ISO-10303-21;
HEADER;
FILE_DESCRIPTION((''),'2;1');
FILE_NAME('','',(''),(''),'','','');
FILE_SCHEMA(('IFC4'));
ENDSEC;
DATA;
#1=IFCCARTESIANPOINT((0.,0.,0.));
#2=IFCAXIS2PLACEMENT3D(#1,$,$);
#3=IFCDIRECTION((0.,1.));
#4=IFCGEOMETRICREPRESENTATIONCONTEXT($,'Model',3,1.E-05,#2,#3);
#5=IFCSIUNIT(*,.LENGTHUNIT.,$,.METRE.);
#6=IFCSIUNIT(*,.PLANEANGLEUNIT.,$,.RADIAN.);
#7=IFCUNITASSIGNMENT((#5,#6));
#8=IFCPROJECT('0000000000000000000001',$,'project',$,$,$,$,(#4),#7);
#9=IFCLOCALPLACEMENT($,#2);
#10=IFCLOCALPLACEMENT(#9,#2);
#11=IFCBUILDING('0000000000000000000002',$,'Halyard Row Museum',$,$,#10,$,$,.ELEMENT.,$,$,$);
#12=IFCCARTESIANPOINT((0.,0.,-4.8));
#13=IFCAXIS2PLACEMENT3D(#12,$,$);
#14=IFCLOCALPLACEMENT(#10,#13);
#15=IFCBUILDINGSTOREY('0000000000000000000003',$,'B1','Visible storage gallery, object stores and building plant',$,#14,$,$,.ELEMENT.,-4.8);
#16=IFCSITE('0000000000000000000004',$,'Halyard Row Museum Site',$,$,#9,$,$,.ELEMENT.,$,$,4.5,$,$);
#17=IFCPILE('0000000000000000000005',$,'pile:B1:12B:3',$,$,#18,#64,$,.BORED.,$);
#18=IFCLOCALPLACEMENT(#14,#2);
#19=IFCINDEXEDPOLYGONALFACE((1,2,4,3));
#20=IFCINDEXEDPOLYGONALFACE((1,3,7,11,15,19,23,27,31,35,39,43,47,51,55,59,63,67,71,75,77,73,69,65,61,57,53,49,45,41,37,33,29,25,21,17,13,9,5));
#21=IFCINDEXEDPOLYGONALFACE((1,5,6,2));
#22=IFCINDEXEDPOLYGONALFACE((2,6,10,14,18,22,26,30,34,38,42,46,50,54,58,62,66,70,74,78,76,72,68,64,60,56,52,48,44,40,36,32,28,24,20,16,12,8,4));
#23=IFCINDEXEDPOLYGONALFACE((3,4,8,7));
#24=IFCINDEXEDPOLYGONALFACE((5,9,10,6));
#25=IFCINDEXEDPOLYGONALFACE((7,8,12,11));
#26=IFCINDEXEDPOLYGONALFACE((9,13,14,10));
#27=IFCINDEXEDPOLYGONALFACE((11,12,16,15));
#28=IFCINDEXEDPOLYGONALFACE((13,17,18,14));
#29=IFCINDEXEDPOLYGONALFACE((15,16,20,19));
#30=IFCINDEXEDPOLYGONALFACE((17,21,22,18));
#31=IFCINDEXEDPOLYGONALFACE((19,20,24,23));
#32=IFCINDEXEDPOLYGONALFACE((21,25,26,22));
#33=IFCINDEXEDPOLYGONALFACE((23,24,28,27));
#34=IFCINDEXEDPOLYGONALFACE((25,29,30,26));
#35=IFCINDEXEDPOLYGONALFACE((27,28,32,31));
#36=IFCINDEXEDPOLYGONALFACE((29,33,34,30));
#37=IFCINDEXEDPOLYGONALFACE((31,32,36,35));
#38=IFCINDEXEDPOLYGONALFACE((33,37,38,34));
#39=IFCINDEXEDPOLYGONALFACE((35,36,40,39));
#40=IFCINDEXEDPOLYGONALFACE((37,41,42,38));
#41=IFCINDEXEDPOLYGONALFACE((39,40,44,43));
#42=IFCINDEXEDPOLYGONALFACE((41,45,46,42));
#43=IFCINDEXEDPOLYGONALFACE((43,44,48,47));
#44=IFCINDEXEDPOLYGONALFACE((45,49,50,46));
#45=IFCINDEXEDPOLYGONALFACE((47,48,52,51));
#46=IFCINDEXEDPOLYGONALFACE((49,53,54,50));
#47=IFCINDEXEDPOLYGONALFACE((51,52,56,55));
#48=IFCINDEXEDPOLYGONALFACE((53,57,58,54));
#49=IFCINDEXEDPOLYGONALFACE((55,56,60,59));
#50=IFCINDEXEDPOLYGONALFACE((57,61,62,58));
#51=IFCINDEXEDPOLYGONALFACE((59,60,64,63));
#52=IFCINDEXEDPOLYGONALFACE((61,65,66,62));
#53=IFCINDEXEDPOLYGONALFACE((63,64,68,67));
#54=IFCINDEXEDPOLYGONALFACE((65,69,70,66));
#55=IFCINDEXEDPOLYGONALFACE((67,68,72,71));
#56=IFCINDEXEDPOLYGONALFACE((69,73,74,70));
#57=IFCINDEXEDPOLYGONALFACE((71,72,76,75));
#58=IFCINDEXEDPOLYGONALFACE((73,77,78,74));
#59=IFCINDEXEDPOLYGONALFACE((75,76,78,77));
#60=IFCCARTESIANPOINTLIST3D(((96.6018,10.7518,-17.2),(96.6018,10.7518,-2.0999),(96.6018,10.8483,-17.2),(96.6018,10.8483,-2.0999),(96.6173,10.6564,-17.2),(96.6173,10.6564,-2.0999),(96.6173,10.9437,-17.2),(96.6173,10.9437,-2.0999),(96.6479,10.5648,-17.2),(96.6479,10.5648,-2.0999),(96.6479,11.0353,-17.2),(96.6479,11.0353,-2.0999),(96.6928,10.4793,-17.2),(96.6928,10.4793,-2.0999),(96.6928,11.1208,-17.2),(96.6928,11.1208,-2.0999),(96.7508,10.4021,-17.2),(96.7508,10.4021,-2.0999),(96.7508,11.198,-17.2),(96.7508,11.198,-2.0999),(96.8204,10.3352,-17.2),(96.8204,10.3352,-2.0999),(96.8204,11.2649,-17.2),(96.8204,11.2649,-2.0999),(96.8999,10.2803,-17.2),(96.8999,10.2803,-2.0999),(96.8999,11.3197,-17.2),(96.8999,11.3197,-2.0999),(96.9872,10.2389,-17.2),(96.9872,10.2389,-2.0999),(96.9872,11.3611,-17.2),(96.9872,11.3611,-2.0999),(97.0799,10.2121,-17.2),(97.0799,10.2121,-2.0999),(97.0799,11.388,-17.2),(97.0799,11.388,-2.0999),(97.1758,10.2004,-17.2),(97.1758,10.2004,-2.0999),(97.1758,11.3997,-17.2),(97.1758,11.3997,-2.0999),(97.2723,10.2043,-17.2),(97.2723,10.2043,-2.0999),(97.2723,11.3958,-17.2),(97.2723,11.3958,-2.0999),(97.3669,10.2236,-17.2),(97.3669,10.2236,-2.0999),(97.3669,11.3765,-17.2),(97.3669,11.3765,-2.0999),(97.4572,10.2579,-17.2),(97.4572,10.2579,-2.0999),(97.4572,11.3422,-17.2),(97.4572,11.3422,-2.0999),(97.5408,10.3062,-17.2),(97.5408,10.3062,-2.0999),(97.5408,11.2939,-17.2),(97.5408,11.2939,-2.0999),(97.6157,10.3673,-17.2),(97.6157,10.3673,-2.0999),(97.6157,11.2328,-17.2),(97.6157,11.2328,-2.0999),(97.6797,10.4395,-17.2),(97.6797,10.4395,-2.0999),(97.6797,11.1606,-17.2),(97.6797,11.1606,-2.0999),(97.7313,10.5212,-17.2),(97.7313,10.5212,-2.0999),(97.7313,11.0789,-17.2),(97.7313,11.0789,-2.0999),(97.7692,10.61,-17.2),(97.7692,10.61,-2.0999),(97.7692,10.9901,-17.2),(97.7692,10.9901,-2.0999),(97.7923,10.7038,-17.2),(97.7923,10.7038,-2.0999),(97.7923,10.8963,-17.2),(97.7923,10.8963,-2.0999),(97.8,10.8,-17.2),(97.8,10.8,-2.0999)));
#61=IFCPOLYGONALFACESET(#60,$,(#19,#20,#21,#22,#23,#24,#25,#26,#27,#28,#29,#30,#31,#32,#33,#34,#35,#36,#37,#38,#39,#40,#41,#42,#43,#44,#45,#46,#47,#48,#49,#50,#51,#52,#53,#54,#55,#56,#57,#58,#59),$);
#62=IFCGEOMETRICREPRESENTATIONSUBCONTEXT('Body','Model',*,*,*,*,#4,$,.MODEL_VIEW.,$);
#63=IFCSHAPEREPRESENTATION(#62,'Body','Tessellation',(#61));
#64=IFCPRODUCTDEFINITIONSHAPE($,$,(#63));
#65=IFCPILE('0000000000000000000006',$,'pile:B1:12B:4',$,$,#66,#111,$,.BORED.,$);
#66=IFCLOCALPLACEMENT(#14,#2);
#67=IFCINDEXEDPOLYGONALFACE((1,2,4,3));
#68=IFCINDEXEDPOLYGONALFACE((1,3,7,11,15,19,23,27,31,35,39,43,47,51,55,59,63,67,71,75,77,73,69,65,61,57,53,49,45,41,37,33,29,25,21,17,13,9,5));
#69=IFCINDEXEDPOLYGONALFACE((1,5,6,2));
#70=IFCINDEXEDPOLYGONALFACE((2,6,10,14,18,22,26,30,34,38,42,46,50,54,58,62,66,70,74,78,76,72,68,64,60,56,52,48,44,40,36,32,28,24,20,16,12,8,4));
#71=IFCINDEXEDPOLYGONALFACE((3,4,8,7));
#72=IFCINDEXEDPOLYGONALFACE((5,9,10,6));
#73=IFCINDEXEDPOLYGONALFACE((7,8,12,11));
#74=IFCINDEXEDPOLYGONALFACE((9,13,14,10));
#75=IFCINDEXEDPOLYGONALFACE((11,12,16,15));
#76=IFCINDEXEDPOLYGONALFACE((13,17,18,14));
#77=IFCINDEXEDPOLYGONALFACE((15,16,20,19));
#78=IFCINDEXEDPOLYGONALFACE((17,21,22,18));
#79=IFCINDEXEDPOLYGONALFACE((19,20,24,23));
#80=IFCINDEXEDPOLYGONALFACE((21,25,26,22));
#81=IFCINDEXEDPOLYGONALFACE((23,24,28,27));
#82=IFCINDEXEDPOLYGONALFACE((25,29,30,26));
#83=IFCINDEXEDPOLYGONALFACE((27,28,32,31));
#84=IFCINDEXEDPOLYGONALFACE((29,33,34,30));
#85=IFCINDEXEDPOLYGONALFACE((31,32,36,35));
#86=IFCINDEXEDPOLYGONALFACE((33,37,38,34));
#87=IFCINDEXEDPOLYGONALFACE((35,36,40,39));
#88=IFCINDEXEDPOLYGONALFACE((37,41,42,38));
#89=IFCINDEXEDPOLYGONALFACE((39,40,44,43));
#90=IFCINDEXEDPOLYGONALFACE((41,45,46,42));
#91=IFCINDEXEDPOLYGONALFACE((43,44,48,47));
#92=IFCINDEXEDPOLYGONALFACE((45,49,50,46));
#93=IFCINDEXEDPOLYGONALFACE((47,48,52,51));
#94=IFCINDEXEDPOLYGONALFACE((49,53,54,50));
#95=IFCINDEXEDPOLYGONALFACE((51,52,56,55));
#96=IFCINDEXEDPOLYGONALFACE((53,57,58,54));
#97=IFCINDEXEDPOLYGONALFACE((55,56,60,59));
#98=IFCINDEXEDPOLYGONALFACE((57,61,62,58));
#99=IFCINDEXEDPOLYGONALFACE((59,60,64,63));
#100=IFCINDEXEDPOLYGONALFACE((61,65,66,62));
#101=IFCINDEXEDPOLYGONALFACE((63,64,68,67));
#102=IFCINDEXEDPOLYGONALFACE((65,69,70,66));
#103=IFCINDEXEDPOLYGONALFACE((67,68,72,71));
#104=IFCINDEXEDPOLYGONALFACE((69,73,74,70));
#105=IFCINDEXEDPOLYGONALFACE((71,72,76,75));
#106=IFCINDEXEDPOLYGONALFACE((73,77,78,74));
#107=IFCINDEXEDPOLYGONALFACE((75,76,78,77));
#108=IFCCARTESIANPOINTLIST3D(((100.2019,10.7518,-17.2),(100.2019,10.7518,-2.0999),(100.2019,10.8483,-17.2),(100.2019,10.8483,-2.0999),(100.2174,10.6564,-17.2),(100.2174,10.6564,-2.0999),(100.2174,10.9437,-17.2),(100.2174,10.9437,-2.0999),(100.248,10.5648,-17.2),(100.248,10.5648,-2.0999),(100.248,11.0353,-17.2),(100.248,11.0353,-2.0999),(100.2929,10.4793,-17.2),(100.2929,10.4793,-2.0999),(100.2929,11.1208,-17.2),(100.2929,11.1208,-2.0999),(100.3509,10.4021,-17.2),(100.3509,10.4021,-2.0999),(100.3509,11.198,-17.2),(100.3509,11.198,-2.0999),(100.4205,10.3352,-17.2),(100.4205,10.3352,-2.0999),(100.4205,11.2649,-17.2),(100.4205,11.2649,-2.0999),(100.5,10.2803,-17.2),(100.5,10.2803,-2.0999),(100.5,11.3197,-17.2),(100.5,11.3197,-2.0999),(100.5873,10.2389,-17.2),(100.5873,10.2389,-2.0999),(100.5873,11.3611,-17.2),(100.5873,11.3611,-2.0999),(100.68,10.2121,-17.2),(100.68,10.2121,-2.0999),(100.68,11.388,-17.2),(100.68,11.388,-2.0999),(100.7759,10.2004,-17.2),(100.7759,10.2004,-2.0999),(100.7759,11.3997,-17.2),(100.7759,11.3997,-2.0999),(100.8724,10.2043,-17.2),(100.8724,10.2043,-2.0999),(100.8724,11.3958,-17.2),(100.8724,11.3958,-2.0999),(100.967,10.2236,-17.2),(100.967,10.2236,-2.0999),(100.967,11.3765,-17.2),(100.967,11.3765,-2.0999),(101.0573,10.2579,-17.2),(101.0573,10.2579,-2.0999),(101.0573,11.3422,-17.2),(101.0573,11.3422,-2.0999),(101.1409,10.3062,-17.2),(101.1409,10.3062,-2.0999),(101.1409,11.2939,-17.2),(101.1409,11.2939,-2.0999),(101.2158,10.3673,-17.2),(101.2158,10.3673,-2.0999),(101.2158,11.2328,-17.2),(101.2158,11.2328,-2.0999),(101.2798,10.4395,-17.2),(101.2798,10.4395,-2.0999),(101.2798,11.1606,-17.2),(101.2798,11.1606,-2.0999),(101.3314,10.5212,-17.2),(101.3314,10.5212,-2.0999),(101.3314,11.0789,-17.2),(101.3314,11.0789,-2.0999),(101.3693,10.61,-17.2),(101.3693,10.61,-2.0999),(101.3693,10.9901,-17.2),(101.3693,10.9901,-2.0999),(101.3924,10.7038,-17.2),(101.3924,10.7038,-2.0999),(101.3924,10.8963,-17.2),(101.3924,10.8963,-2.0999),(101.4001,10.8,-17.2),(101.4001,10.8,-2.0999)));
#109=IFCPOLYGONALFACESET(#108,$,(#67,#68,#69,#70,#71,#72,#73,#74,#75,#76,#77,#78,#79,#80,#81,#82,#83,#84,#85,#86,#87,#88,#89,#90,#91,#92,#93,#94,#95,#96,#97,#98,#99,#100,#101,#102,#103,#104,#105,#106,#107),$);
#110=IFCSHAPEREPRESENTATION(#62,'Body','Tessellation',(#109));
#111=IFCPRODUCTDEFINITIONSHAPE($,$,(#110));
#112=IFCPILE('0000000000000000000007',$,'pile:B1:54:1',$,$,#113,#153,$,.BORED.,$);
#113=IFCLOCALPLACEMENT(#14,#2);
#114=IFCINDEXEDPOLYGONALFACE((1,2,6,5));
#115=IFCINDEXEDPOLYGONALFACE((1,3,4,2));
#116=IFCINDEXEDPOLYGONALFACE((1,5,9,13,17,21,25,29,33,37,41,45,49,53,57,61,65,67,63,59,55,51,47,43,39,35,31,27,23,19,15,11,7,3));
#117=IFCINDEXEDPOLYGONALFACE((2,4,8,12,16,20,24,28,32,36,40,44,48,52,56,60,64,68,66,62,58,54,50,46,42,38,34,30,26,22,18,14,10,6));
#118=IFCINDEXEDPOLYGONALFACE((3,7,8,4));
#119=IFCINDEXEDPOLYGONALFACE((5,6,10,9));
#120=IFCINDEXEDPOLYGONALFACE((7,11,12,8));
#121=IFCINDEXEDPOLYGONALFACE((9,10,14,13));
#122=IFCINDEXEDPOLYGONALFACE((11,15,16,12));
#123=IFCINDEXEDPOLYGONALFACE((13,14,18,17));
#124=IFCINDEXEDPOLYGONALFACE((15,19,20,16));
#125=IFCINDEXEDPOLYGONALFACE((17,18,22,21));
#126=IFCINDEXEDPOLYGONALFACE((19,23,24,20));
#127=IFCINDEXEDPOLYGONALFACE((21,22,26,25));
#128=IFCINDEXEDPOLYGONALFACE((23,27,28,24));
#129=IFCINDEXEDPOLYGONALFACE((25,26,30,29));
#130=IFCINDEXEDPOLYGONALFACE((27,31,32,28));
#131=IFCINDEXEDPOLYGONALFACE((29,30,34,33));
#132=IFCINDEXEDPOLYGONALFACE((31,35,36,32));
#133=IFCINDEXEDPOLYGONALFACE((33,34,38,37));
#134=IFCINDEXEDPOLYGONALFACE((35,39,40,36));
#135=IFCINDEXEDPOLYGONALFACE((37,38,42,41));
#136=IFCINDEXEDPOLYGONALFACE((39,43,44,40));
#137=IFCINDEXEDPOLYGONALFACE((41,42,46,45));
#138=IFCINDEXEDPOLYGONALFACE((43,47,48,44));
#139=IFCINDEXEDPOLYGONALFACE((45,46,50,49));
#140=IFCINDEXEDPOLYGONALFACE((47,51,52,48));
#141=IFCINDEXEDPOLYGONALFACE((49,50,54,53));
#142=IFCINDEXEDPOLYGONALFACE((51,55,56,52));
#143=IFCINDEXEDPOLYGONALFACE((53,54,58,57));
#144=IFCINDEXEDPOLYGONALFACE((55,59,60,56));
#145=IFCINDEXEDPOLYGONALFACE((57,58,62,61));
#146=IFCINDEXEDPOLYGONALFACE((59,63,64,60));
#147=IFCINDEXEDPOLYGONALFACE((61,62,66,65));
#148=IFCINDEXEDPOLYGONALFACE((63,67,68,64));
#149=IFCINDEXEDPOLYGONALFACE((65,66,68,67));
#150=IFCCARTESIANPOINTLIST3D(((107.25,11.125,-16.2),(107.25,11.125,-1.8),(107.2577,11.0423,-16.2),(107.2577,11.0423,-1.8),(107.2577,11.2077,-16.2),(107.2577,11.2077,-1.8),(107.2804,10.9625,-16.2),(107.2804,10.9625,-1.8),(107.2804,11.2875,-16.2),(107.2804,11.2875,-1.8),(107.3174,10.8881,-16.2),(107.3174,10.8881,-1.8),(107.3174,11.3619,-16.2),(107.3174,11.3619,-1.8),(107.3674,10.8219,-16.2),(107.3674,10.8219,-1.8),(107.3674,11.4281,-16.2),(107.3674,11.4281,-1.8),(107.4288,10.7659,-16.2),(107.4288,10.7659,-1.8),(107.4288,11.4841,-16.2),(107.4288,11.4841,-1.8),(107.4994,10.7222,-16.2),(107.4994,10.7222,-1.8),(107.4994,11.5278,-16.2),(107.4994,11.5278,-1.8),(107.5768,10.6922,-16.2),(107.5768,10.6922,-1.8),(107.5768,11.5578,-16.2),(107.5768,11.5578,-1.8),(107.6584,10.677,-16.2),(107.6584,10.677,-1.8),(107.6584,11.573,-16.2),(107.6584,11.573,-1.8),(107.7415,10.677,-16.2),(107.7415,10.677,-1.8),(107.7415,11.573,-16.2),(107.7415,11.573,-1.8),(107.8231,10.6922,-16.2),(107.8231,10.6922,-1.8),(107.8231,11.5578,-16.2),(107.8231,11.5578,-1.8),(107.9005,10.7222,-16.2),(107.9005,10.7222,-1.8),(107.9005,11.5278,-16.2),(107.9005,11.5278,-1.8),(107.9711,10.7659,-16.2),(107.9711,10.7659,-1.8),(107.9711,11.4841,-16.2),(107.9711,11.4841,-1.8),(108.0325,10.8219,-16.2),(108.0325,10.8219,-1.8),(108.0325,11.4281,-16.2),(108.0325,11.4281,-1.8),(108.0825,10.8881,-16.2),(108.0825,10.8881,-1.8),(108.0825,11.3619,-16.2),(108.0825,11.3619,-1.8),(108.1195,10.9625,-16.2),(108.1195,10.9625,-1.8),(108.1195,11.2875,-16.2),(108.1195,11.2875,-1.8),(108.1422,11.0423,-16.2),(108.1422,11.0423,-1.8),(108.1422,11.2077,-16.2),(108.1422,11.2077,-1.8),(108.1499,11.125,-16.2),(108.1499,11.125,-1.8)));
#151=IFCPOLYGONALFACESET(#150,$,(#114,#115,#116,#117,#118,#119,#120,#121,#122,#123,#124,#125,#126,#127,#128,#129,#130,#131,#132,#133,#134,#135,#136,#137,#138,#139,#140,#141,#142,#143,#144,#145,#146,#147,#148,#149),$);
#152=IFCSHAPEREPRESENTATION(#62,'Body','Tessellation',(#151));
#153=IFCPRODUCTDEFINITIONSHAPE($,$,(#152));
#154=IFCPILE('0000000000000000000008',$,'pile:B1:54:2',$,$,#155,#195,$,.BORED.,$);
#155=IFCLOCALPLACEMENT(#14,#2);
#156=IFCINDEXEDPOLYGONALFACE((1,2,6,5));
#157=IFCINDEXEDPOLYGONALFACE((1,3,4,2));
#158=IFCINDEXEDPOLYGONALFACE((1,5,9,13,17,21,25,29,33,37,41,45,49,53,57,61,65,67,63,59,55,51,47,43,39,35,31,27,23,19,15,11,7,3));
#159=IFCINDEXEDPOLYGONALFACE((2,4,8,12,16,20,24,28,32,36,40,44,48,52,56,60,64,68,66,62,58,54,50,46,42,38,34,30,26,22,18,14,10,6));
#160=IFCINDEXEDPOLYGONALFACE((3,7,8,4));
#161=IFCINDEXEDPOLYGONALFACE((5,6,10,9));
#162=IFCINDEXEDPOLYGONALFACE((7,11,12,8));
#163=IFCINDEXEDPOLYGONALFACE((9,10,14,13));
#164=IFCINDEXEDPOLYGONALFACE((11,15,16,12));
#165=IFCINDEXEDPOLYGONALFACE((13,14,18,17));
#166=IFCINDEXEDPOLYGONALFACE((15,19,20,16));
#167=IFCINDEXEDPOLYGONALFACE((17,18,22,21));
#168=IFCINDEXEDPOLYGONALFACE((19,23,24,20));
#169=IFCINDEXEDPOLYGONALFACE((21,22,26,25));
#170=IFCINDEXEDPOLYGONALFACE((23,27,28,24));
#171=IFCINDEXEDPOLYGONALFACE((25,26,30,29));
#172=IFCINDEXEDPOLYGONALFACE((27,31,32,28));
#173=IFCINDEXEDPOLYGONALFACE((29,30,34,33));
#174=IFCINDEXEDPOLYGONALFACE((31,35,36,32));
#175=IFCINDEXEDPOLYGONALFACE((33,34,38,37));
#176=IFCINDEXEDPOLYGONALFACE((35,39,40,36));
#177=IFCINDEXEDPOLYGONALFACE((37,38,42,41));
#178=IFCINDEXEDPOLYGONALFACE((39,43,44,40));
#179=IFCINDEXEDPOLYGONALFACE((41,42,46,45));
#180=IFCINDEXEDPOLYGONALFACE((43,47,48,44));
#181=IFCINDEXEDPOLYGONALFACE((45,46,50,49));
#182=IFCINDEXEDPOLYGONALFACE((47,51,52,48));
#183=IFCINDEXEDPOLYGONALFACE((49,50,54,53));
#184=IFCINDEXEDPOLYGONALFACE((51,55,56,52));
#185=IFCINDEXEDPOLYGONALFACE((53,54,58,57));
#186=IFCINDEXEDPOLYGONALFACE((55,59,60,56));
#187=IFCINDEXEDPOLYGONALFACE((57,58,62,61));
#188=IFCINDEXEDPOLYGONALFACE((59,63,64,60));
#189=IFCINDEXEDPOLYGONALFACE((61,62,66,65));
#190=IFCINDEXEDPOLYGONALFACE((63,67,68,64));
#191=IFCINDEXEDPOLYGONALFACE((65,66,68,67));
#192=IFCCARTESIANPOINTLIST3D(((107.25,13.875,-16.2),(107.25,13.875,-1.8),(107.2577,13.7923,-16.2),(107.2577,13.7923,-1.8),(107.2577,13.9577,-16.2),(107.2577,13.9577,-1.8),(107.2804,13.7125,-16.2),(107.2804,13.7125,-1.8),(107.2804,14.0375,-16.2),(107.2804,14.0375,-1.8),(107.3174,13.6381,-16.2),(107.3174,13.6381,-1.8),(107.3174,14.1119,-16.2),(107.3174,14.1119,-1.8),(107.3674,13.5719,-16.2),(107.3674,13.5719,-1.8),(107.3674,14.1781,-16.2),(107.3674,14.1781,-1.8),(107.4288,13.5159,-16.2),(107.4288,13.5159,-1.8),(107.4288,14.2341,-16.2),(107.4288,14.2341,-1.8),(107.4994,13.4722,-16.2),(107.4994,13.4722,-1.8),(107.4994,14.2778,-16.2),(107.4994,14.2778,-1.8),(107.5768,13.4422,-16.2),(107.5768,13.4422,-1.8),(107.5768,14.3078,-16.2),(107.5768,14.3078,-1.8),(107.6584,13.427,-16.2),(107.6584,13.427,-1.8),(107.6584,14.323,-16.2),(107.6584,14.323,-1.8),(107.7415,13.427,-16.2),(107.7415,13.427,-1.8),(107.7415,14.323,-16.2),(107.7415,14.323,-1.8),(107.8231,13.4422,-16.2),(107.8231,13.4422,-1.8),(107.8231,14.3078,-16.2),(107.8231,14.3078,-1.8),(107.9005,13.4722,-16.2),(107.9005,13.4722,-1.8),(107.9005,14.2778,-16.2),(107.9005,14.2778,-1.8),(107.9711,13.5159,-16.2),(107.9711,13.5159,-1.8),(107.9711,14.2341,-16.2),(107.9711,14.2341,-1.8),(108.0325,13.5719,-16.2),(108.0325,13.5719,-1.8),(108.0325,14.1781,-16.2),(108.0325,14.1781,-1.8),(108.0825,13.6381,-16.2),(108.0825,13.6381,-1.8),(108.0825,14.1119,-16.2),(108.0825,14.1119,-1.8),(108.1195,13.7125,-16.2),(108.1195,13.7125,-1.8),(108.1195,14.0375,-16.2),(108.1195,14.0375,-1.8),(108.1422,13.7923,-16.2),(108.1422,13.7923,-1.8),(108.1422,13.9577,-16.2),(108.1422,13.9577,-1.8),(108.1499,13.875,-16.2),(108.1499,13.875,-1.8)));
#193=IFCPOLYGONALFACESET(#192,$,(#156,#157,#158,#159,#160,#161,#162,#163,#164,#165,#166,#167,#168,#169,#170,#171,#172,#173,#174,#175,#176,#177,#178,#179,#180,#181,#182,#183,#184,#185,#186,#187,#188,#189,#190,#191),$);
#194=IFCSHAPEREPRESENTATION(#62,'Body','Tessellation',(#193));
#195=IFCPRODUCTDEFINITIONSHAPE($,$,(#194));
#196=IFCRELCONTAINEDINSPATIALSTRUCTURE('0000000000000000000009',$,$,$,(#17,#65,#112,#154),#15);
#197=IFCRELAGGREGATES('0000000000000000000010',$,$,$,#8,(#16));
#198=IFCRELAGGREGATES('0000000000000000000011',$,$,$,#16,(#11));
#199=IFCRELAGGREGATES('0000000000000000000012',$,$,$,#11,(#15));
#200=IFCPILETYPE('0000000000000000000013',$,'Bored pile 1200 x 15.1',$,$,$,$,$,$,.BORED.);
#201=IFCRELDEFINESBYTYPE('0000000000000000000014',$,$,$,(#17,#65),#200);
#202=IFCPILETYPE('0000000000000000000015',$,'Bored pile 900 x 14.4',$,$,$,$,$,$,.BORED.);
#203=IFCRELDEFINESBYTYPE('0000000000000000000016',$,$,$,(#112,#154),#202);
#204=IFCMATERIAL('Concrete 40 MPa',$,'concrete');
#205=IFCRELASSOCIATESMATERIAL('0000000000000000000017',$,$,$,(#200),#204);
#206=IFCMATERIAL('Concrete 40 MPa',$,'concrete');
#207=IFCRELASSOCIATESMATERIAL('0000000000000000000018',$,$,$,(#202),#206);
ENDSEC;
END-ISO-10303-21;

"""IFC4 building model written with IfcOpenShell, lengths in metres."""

from ifc_helpers import new_model, si_unit, direction, frame, origin, origin_2d, place, context, subcontext, project, spatial, circle, extrude, material, material_profile, profile_set, type_object, element, save


model = new_model("IFC4")

# Units and contexts
model_context = context("Model", 3, precision=1e-05, world=origin(), true_north=direction((0.0, 1.0)))
body_context = subcontext(model_context, "Body", "Model", "MODEL_VIEW")
ifc_project = project(units=[si_unit("LENGTHUNIT", "METRE"), si_unit("PLANEANGLEUNIT", "RADIAN")], contexts=[model_context])

# Site, building, storey
site_placement = place(None, origin())
site = spatial("IfcSite", under=ifc_project, at=site_placement, Name="Halyard Row Museum Site", CompositionType="ELEMENT", RefElevation=4.5)
building_placement = place(site_placement, origin())
building = spatial("IfcBuilding", under=site, at=building_placement, Name="Halyard Row Museum", CompositionType="ELEMENT")
storey_placement = place(building_placement, frame((0.0, 0.0, -4.8)))
storey = spatial("IfcBuildingStorey", under=building, at=storey_placement, Name="B1", Description="Visible storage gallery, object stores and building plant", CompositionType="ELEMENT", Elevation=-4.8)

# Piles
ifc_material_1 = material(Name="Concrete 40 MPa", Category="concrete")
ifc_material_profile_1 = material_profile(ifc_material_1, circle(Radius=0.6001, at=origin_2d()), Name="Bored pile 1200 x 15.1")
ifc_profile_set_1 = profile_set([ifc_material_profile_1], Name="Concrete 40 MPa")
pile_type_1 = type_object("IfcPileType", Name="Bored pile 1200 x 15.1", PredefinedType="BORED", material=ifc_profile_set_1)
for number, where, z_axis, x_axis, name in (
    (1, (97.2, 10.8, -2.0999), (0.0, 0.0, -1.0), (1.0, 0.0, 0.0), "pile:B1:12B:3"),
    (2, (100.8, 10.8, -2.0999), (0.0, 0.0, -1.0), (1.0, 0.0, 0.0), "pile:B1:12B:4"),
):
    element("IfcPile", number, at=place(storey_placement, frame(where, z_axis=z_axis, x_axis=x_axis)), inside=storey, type_object=pile_type_1, Name=name, PredefinedType="BORED", context=body_context, shape_type="SweptSolid", body=[
        extrude(circle(Radius=0.6001, at=origin_2d()), origin(), (0.0, 0.0, 1.0), 15.1001),
    ])
ifc_material_2 = material(Name="Concrete 40 MPa", Category="concrete")
ifc_material_profile_2 = material_profile(ifc_material_2, circle(Radius=0.45, at=origin_2d()), Name="Bored pile 900 x 14.4")
ifc_profile_set_2 = profile_set([ifc_material_profile_2], Name="Concrete 40 MPa")
pile_type_2 = type_object("IfcPileType", Name="Bored pile 900 x 14.4", PredefinedType="BORED", material=ifc_profile_set_2)
for number, where, z_axis, x_axis, name in (
    (3, (107.7, 11.125, -1.8), (0.0, 0.0, -1.0), (1.0, 0.0, 0.0), "pile:B1:54:1"),
    (4, (107.7, 13.875, -1.8), (0.0, 0.0, -1.0), (1.0, 0.0, 0.0), "pile:B1:54:2"),
):
    element("IfcPile", number, at=place(storey_placement, frame(where, z_axis=z_axis, x_axis=x_axis)), inside=storey, type_object=pile_type_2, Name=name, PredefinedType="BORED", context=body_context, shape_type="SweptSolid", body=[
        extrude(circle(Radius=0.45, at=origin_2d()), origin(), (0.0, 0.0, 1.0), 14.3999),
    ])

save(model, "model.ifc")
